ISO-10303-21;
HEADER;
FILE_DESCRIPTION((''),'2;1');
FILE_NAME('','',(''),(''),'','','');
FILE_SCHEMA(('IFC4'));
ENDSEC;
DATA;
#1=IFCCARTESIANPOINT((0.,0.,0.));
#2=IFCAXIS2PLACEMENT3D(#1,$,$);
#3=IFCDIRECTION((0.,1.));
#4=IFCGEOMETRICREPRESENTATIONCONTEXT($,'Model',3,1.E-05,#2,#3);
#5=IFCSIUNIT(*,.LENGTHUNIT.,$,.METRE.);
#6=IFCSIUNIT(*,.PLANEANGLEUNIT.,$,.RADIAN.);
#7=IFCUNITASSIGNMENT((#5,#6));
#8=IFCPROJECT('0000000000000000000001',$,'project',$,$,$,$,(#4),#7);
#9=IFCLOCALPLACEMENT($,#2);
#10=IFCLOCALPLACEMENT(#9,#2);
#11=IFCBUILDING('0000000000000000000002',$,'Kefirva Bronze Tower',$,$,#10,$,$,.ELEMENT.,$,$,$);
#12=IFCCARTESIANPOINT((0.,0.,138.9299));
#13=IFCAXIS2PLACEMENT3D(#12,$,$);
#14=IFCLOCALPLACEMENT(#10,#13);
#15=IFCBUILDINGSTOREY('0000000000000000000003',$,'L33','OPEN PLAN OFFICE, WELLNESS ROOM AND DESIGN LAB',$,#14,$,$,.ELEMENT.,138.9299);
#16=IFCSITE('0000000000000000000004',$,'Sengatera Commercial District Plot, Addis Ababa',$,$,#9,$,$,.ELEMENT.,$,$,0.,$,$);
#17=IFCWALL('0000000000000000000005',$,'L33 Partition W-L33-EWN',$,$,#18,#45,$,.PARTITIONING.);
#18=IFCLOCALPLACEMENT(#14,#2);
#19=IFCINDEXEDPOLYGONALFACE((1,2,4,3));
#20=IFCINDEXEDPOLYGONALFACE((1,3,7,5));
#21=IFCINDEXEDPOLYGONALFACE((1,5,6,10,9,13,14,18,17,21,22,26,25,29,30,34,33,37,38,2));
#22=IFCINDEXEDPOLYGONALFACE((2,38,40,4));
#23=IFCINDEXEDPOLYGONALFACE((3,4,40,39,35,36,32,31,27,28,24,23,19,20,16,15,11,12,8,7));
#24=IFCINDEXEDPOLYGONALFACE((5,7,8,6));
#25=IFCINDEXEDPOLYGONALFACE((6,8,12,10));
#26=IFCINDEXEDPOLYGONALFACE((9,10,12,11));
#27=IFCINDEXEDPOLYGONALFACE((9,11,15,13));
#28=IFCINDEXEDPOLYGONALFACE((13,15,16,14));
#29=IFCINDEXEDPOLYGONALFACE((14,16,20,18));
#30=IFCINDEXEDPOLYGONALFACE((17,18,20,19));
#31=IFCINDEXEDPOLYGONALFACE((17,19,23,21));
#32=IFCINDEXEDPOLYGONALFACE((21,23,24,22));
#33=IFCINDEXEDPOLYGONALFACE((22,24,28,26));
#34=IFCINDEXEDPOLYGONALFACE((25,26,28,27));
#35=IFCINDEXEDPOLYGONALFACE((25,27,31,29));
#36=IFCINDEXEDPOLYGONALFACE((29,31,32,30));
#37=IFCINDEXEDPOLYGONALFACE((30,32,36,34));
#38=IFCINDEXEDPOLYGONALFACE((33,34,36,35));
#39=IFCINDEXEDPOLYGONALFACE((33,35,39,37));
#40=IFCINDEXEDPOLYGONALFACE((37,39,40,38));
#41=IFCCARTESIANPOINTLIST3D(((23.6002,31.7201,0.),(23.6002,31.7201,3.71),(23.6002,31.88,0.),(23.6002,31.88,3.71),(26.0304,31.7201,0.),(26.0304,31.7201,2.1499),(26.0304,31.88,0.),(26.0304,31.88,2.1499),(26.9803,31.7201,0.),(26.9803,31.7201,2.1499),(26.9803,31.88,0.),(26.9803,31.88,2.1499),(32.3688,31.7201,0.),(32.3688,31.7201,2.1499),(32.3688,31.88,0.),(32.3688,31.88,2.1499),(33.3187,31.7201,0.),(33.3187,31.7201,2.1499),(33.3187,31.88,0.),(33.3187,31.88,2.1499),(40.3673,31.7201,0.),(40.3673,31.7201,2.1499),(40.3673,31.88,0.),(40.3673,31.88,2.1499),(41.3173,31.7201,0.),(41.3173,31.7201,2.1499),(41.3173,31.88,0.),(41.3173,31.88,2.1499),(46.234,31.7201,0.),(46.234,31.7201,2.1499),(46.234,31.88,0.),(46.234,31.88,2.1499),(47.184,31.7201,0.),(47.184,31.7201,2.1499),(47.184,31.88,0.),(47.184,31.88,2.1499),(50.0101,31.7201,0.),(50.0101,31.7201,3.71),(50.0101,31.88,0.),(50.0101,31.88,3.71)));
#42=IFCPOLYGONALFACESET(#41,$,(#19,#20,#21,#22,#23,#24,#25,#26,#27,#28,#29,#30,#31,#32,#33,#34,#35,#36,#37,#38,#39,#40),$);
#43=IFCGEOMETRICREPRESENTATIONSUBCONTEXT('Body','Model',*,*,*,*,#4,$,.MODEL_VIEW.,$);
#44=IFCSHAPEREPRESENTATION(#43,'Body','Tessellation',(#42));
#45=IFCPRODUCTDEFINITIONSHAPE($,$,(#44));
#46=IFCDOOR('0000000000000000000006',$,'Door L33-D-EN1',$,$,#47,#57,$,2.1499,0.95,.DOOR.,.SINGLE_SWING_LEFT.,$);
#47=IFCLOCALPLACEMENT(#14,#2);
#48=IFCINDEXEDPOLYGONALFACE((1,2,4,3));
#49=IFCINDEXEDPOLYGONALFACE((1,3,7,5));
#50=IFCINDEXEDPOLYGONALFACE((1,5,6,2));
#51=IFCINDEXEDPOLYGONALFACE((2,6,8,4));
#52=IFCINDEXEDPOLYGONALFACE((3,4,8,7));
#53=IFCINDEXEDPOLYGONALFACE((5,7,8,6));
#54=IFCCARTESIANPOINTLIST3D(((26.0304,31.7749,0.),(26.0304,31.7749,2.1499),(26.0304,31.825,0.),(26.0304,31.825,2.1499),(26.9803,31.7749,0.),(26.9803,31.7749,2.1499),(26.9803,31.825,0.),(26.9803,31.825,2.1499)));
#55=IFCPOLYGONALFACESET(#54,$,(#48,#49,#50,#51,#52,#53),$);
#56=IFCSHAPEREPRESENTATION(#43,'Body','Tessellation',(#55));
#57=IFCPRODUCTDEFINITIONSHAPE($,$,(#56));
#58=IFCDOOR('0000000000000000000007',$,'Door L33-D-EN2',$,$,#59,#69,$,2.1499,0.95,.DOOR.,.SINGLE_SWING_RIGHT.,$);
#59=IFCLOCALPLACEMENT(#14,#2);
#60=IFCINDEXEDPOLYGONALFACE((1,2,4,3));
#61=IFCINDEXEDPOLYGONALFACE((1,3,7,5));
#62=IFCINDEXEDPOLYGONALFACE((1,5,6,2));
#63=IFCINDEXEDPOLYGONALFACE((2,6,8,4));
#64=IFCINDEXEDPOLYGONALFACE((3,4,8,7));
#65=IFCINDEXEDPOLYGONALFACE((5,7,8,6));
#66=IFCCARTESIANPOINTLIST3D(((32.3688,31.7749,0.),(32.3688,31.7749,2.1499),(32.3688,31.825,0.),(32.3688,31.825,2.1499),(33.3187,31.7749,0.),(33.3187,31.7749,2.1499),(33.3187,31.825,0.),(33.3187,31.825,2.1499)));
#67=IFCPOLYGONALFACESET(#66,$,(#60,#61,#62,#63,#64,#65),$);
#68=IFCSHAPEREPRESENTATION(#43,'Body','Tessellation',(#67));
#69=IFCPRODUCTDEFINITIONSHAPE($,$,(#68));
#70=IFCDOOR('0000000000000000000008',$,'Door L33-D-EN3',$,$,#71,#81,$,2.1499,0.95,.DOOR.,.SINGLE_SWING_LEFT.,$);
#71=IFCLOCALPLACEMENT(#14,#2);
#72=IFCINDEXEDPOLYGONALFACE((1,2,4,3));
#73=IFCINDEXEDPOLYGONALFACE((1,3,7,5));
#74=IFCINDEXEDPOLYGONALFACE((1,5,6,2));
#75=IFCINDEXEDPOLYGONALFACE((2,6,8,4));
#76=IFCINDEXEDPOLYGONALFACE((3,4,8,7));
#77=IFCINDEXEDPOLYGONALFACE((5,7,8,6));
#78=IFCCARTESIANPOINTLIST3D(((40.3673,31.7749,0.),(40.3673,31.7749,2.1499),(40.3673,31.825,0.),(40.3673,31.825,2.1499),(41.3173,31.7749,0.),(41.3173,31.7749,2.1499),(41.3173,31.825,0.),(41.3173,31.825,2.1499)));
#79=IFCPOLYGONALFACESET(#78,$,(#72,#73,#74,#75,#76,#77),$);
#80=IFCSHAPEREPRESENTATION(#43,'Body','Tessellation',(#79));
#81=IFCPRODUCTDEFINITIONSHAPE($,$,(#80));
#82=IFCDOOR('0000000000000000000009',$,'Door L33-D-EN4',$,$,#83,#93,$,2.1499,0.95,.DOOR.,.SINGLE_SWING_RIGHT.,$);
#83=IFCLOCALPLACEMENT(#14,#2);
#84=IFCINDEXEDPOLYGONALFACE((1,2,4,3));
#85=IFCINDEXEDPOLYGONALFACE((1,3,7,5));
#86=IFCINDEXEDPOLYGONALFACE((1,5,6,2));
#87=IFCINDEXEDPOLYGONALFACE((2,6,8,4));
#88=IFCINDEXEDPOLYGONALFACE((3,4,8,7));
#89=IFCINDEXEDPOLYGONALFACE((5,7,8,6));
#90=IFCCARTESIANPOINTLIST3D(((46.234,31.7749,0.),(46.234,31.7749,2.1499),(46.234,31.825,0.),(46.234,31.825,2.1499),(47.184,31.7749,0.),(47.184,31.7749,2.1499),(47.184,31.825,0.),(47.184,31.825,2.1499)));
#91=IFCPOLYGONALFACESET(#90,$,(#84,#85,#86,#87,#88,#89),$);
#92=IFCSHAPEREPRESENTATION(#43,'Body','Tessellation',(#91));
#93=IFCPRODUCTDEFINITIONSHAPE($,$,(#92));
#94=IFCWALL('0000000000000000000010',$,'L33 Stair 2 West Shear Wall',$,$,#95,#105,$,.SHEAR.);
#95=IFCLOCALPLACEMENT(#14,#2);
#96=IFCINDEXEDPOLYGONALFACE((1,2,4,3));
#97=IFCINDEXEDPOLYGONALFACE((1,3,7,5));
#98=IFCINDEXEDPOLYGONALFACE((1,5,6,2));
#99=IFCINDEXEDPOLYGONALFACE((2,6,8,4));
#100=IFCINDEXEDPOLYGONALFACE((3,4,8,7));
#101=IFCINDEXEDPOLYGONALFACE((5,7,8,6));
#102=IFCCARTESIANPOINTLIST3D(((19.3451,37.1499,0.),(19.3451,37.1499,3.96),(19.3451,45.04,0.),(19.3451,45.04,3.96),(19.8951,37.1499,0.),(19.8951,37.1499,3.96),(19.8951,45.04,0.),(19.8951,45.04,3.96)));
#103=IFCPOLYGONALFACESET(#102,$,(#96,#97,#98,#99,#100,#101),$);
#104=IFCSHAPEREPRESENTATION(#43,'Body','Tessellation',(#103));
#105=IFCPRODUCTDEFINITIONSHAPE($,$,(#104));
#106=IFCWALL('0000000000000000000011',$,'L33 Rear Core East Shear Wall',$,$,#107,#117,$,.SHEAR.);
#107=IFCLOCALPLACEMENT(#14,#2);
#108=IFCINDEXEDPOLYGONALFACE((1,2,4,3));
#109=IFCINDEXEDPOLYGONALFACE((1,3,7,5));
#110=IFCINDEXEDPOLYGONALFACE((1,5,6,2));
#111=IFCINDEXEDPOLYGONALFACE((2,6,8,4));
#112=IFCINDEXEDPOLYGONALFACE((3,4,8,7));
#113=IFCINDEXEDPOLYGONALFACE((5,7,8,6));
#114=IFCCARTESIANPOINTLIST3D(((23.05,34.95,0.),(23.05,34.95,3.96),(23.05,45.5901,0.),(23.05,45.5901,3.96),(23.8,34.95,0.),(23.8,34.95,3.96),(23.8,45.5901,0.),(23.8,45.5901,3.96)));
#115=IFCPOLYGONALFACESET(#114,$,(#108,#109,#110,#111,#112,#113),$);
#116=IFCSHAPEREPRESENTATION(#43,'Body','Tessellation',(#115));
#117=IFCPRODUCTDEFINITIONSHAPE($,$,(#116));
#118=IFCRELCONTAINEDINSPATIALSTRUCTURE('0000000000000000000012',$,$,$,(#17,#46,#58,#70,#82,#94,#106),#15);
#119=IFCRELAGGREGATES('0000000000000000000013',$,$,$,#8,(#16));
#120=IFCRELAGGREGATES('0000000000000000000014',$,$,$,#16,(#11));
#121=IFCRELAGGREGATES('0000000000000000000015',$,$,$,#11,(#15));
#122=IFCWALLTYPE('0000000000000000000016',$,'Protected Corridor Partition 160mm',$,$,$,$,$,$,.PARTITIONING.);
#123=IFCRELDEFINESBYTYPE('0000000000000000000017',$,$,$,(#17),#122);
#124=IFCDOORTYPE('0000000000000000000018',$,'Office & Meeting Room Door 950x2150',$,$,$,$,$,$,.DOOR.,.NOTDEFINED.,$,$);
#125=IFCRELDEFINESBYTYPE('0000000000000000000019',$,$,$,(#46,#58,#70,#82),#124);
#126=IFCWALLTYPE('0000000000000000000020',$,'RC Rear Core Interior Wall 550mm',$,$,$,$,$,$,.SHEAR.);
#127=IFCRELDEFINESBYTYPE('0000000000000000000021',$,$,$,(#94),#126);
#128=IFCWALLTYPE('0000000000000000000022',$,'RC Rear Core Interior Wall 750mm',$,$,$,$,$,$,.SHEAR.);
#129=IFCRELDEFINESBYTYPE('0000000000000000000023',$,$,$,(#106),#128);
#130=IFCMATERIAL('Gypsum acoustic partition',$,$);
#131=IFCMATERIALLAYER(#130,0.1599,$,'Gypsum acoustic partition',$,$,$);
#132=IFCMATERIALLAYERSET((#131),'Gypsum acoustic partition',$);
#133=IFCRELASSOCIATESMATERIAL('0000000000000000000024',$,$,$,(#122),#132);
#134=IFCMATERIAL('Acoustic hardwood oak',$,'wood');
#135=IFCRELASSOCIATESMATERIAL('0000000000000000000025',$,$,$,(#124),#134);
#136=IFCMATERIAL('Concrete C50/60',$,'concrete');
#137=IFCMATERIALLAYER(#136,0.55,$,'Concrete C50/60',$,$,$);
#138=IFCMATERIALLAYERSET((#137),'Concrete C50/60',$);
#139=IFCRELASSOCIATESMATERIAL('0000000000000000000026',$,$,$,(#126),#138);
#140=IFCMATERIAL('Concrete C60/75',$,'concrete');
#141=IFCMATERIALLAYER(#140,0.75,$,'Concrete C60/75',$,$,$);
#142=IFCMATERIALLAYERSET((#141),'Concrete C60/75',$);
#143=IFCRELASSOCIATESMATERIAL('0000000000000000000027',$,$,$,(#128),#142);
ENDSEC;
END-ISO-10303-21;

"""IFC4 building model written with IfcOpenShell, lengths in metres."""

from ifc_helpers import new_model, si_unit, direction, frame, frame_2d, origin, place, context, subcontext, project, spatial, rectangle, extrude, material, layer, layer_set, type_object, element, fill, save


model = new_model("IFC4")

# Units and contexts
model_context = context("Model", 3, precision=1e-05, world=origin(), true_north=direction((0.0, 1.0)))
body_context = subcontext(model_context, "Body", "Model", "MODEL_VIEW")
ifc_project = project(units=[si_unit("LENGTHUNIT", "METRE"), si_unit("PLANEANGLEUNIT", "RADIAN")], contexts=[model_context])

# Site, building, storey
site_placement = place(None, origin())
site = spatial("IfcSite", under=ifc_project, at=site_placement, Name="Sengatera Commercial District Plot, Addis Ababa", CompositionType="ELEMENT", RefElevation=0.0)
building_placement = place(site_placement, origin())
building = spatial("IfcBuilding", under=site, at=building_placement, Name="Kefirva Bronze Tower", CompositionType="ELEMENT")
storey_placement = place(building_placement, frame((0.0, 0.0, 138.9299)))
storey = spatial("IfcBuildingStorey", under=building, at=storey_placement, Name="L33", Description="OPEN PLAN OFFICE, WELLNESS ROOM AND DESIGN LAB", CompositionType="ELEMENT", Elevation=138.9299)

# Shared definitions
ifc_material_1 = material(Name="Concrete C60/75", Category="concrete")

# Wall, openings, doors
ifc_material_2 = material(Name="Gypsum acoustic partition")
ifc_layer_1 = layer(ifc_material_2, 0.1599, Name="Gypsum acoustic partition")
ifc_layer_set_1 = layer_set([ifc_layer_1], Name="Gypsum acoustic partition")
wall_type_1 = type_object("IfcWallType", Name="Protected Corridor Partition 160mm", PredefinedType="PARTITIONING", material=ifc_layer_set_1)
ifc_material_3 = material(Name="Acoustic hardwood oak", Category="wood")
door_type_1 = type_object("IfcDoorType", Name="Office & Meeting Room Door 950x2150", OperationType="NOTDEFINED", PredefinedType="DOOR", material=ifc_material_3)
wall_1_placement = place(storey_placement, frame((23.6001, 31.8, 0.0), z_axis=(0.0, 0.0, 1.0), x_axis=(1.0, 0.0, 0.0)))
wall_1 = element("IfcWall", 1, at=wall_1_placement, inside=storey, type_object=wall_type_1, Name="L33 Partition W-L33-EWN", PredefinedType="PARTITIONING", context=body_context, shape_type="SweptSolid", body=[
    extrude(rectangle(XDim=26.4099, YDim=0.1599, at=frame_2d((13.2051, 0.0))), origin(), (0.0, 0.0, 1.0), 3.71),
])
opening_1_placement = place(wall_1_placement, frame((2.4302, 0.0, 0.0)))
opening_1 = element("IfcOpeningElement", 2, at=opening_1_placement, cuts=wall_1, PredefinedType="OPENING", context=body_context, shape_type="SweptSolid", body=[
    extrude(rectangle(XDim=0.95, YDim=2.1499, at=frame_2d((0.4751, 1.075))), frame((0.0, 0.0898, 0.0), z_axis=(0.0, -1.0, 0.0), x_axis=(1.0, 0.0, 0.0)), (0.0, 0.0, 1.0), 0.1799),
])
opening_2_placement = place(wall_1_placement, frame((8.7686, 0.0, 0.0)))
opening_2 = element("IfcOpeningElement", 3, at=opening_2_placement, cuts=wall_1, PredefinedType="OPENING", context=body_context, shape_type="SweptSolid", body=[
    extrude(rectangle(XDim=0.95, YDim=2.1499, at=frame_2d((0.4751, 1.075))), frame((0.0, 0.0898, 0.0), z_axis=(0.0, -1.0, 0.0), x_axis=(1.0, 0.0, 0.0)), (0.0, 0.0, 1.0), 0.1799),
])
opening_3_placement = place(wall_1_placement, frame((16.7671, 0.0, 0.0)))
opening_3 = element("IfcOpeningElement", 4, at=opening_3_placement, cuts=wall_1, PredefinedType="OPENING", context=body_context, shape_type="SweptSolid", body=[
    extrude(rectangle(XDim=0.95, YDim=2.1499, at=frame_2d((0.4751, 1.075))), frame((0.0, 0.0898, 0.0), z_axis=(0.0, -1.0, 0.0), x_axis=(1.0, 0.0, 0.0)), (0.0, 0.0, 1.0), 0.1799),
])
opening_4_placement = place(wall_1_placement, frame((22.6338, 0.0, 0.0)))
opening_4 = element("IfcOpeningElement", 5, at=opening_4_placement, cuts=wall_1, PredefinedType="OPENING", context=body_context, shape_type="SweptSolid", body=[
    extrude(rectangle(XDim=0.95, YDim=2.1499, at=frame_2d((0.4751, 1.075))), frame((0.0, 0.0898, 0.0), z_axis=(0.0, -1.0, 0.0), x_axis=(1.0, 0.0, 0.0)), (0.0, 0.0, 1.0), 0.1799),
])
door_1_placement = place(opening_1_placement, origin())
door_1 = element("IfcDoor", 6, at=door_1_placement, inside=storey, type_object=door_type_1, Name="Door L33-D-EN1", OperationType="SINGLE_SWING_LEFT", OverallHeight=2.1499, OverallWidth=0.95, PredefinedType="DOOR", context=body_context, shape_type="SweptSolid", body=[
    extrude(rectangle(XDim=0.95, YDim=2.1499, at=frame_2d((0.4751, 1.075))), frame((0.0, 0.0249, 0.0), z_axis=(0.0, -1.0, 0.0), x_axis=(1.0, 0.0, 0.0)), (0.0, 0.0, 1.0), 0.05),
])
fill(opening_1, door_1)
door_2_placement = place(opening_2_placement, origin())
door_2 = element("IfcDoor", 7, at=door_2_placement, inside=storey, type_object=door_type_1, Name="Door L33-D-EN2", OperationType="SINGLE_SWING_RIGHT", OverallHeight=2.1499, OverallWidth=0.95, PredefinedType="DOOR", context=body_context, shape_type="SweptSolid", body=[
    extrude(rectangle(XDim=0.95, YDim=2.1499, at=frame_2d((0.4751, 1.075))), frame((0.0, 0.0249, 0.0), z_axis=(0.0, -1.0, 0.0), x_axis=(1.0, 0.0, 0.0)), (0.0, 0.0, 1.0), 0.05),
])
fill(opening_2, door_2)
door_3_placement = place(opening_3_placement, origin())
door_3 = element("IfcDoor", 8, at=door_3_placement, inside=storey, type_object=door_type_1, Name="Door L33-D-EN3", OperationType="SINGLE_SWING_LEFT", OverallHeight=2.1499, OverallWidth=0.95, PredefinedType="DOOR", context=body_context, shape_type="SweptSolid", body=[
    extrude(rectangle(XDim=0.95, YDim=2.1499, at=frame_2d((0.4751, 1.075))), frame((0.0, 0.0249, 0.0), z_axis=(0.0, -1.0, 0.0), x_axis=(1.0, 0.0, 0.0)), (0.0, 0.0, 1.0), 0.05),
])
fill(opening_3, door_3)
door_4_placement = place(opening_4_placement, origin())
door_4 = element("IfcDoor", 9, at=door_4_placement, inside=storey, type_object=door_type_1, Name="Door L33-D-EN4", OperationType="SINGLE_SWING_RIGHT", OverallHeight=2.1499, OverallWidth=0.95, PredefinedType="DOOR", context=body_context, shape_type="SweptSolid", body=[
    extrude(rectangle(XDim=0.95, YDim=2.1499, at=frame_2d((0.4751, 1.075))), frame((0.0, 0.0249, 0.0), z_axis=(0.0, -1.0, 0.0), x_axis=(1.0, 0.0, 0.0)), (0.0, 0.0, 1.0), 0.05),
])
fill(opening_4, door_4)

# Walls
ifc_material_4 = material(Name="Concrete C50/60", Category="concrete")
ifc_layer_2 = layer(ifc_material_4, 0.55, Name="Concrete C50/60")
ifc_layer_set_2 = layer_set([ifc_layer_2], Name="Concrete C50/60")
wall_type_2 = type_object("IfcWallType", Name="RC Rear Core Interior Wall 550mm", PredefinedType="SHEAR", material=ifc_layer_set_2)
wall_2_placement = place(storey_placement, frame((19.6201, 37.1499, 0.0), z_axis=(0.0, 0.0, 1.0), x_axis=(0.0, 1.0, 0.0)))
element("IfcWall", 10, at=wall_2_placement, inside=storey, type_object=wall_type_2, Name="L33 Stair 2 West Shear Wall", PredefinedType="SHEAR", context=body_context, shape_type="SweptSolid", body=[
    extrude(rectangle(XDim=7.8901, YDim=0.55, at=frame_2d((3.9451, 0.0))), origin(), (0.0, 0.0, 1.0), 3.96),
])
ifc_layer_3 = layer(ifc_material_1, 0.75, Name="Concrete C60/75")
ifc_layer_set_3 = layer_set([ifc_layer_3], Name="Concrete C60/75")
wall_type_3 = type_object("IfcWallType", Name="RC Rear Core Interior Wall 750mm", PredefinedType="SHEAR", material=ifc_layer_set_3)
wall_3_placement = place(storey_placement, frame((23.425, 34.95, 0.0), z_axis=(0.0, 0.0, 1.0), x_axis=(0.0, 1.0, 0.0)))
element("IfcWall", 11, at=wall_3_placement, inside=storey, type_object=wall_type_3, Name="L33 Rear Core East Shear Wall", PredefinedType="SHEAR", context=body_context, shape_type="SweptSolid", body=[
    extrude(rectangle(XDim=10.6401, YDim=0.75, at=frame_2d((5.3201, 0.0))), origin(), (0.0, 0.0, 1.0), 3.96),
])

save(model, "model.ifc")
